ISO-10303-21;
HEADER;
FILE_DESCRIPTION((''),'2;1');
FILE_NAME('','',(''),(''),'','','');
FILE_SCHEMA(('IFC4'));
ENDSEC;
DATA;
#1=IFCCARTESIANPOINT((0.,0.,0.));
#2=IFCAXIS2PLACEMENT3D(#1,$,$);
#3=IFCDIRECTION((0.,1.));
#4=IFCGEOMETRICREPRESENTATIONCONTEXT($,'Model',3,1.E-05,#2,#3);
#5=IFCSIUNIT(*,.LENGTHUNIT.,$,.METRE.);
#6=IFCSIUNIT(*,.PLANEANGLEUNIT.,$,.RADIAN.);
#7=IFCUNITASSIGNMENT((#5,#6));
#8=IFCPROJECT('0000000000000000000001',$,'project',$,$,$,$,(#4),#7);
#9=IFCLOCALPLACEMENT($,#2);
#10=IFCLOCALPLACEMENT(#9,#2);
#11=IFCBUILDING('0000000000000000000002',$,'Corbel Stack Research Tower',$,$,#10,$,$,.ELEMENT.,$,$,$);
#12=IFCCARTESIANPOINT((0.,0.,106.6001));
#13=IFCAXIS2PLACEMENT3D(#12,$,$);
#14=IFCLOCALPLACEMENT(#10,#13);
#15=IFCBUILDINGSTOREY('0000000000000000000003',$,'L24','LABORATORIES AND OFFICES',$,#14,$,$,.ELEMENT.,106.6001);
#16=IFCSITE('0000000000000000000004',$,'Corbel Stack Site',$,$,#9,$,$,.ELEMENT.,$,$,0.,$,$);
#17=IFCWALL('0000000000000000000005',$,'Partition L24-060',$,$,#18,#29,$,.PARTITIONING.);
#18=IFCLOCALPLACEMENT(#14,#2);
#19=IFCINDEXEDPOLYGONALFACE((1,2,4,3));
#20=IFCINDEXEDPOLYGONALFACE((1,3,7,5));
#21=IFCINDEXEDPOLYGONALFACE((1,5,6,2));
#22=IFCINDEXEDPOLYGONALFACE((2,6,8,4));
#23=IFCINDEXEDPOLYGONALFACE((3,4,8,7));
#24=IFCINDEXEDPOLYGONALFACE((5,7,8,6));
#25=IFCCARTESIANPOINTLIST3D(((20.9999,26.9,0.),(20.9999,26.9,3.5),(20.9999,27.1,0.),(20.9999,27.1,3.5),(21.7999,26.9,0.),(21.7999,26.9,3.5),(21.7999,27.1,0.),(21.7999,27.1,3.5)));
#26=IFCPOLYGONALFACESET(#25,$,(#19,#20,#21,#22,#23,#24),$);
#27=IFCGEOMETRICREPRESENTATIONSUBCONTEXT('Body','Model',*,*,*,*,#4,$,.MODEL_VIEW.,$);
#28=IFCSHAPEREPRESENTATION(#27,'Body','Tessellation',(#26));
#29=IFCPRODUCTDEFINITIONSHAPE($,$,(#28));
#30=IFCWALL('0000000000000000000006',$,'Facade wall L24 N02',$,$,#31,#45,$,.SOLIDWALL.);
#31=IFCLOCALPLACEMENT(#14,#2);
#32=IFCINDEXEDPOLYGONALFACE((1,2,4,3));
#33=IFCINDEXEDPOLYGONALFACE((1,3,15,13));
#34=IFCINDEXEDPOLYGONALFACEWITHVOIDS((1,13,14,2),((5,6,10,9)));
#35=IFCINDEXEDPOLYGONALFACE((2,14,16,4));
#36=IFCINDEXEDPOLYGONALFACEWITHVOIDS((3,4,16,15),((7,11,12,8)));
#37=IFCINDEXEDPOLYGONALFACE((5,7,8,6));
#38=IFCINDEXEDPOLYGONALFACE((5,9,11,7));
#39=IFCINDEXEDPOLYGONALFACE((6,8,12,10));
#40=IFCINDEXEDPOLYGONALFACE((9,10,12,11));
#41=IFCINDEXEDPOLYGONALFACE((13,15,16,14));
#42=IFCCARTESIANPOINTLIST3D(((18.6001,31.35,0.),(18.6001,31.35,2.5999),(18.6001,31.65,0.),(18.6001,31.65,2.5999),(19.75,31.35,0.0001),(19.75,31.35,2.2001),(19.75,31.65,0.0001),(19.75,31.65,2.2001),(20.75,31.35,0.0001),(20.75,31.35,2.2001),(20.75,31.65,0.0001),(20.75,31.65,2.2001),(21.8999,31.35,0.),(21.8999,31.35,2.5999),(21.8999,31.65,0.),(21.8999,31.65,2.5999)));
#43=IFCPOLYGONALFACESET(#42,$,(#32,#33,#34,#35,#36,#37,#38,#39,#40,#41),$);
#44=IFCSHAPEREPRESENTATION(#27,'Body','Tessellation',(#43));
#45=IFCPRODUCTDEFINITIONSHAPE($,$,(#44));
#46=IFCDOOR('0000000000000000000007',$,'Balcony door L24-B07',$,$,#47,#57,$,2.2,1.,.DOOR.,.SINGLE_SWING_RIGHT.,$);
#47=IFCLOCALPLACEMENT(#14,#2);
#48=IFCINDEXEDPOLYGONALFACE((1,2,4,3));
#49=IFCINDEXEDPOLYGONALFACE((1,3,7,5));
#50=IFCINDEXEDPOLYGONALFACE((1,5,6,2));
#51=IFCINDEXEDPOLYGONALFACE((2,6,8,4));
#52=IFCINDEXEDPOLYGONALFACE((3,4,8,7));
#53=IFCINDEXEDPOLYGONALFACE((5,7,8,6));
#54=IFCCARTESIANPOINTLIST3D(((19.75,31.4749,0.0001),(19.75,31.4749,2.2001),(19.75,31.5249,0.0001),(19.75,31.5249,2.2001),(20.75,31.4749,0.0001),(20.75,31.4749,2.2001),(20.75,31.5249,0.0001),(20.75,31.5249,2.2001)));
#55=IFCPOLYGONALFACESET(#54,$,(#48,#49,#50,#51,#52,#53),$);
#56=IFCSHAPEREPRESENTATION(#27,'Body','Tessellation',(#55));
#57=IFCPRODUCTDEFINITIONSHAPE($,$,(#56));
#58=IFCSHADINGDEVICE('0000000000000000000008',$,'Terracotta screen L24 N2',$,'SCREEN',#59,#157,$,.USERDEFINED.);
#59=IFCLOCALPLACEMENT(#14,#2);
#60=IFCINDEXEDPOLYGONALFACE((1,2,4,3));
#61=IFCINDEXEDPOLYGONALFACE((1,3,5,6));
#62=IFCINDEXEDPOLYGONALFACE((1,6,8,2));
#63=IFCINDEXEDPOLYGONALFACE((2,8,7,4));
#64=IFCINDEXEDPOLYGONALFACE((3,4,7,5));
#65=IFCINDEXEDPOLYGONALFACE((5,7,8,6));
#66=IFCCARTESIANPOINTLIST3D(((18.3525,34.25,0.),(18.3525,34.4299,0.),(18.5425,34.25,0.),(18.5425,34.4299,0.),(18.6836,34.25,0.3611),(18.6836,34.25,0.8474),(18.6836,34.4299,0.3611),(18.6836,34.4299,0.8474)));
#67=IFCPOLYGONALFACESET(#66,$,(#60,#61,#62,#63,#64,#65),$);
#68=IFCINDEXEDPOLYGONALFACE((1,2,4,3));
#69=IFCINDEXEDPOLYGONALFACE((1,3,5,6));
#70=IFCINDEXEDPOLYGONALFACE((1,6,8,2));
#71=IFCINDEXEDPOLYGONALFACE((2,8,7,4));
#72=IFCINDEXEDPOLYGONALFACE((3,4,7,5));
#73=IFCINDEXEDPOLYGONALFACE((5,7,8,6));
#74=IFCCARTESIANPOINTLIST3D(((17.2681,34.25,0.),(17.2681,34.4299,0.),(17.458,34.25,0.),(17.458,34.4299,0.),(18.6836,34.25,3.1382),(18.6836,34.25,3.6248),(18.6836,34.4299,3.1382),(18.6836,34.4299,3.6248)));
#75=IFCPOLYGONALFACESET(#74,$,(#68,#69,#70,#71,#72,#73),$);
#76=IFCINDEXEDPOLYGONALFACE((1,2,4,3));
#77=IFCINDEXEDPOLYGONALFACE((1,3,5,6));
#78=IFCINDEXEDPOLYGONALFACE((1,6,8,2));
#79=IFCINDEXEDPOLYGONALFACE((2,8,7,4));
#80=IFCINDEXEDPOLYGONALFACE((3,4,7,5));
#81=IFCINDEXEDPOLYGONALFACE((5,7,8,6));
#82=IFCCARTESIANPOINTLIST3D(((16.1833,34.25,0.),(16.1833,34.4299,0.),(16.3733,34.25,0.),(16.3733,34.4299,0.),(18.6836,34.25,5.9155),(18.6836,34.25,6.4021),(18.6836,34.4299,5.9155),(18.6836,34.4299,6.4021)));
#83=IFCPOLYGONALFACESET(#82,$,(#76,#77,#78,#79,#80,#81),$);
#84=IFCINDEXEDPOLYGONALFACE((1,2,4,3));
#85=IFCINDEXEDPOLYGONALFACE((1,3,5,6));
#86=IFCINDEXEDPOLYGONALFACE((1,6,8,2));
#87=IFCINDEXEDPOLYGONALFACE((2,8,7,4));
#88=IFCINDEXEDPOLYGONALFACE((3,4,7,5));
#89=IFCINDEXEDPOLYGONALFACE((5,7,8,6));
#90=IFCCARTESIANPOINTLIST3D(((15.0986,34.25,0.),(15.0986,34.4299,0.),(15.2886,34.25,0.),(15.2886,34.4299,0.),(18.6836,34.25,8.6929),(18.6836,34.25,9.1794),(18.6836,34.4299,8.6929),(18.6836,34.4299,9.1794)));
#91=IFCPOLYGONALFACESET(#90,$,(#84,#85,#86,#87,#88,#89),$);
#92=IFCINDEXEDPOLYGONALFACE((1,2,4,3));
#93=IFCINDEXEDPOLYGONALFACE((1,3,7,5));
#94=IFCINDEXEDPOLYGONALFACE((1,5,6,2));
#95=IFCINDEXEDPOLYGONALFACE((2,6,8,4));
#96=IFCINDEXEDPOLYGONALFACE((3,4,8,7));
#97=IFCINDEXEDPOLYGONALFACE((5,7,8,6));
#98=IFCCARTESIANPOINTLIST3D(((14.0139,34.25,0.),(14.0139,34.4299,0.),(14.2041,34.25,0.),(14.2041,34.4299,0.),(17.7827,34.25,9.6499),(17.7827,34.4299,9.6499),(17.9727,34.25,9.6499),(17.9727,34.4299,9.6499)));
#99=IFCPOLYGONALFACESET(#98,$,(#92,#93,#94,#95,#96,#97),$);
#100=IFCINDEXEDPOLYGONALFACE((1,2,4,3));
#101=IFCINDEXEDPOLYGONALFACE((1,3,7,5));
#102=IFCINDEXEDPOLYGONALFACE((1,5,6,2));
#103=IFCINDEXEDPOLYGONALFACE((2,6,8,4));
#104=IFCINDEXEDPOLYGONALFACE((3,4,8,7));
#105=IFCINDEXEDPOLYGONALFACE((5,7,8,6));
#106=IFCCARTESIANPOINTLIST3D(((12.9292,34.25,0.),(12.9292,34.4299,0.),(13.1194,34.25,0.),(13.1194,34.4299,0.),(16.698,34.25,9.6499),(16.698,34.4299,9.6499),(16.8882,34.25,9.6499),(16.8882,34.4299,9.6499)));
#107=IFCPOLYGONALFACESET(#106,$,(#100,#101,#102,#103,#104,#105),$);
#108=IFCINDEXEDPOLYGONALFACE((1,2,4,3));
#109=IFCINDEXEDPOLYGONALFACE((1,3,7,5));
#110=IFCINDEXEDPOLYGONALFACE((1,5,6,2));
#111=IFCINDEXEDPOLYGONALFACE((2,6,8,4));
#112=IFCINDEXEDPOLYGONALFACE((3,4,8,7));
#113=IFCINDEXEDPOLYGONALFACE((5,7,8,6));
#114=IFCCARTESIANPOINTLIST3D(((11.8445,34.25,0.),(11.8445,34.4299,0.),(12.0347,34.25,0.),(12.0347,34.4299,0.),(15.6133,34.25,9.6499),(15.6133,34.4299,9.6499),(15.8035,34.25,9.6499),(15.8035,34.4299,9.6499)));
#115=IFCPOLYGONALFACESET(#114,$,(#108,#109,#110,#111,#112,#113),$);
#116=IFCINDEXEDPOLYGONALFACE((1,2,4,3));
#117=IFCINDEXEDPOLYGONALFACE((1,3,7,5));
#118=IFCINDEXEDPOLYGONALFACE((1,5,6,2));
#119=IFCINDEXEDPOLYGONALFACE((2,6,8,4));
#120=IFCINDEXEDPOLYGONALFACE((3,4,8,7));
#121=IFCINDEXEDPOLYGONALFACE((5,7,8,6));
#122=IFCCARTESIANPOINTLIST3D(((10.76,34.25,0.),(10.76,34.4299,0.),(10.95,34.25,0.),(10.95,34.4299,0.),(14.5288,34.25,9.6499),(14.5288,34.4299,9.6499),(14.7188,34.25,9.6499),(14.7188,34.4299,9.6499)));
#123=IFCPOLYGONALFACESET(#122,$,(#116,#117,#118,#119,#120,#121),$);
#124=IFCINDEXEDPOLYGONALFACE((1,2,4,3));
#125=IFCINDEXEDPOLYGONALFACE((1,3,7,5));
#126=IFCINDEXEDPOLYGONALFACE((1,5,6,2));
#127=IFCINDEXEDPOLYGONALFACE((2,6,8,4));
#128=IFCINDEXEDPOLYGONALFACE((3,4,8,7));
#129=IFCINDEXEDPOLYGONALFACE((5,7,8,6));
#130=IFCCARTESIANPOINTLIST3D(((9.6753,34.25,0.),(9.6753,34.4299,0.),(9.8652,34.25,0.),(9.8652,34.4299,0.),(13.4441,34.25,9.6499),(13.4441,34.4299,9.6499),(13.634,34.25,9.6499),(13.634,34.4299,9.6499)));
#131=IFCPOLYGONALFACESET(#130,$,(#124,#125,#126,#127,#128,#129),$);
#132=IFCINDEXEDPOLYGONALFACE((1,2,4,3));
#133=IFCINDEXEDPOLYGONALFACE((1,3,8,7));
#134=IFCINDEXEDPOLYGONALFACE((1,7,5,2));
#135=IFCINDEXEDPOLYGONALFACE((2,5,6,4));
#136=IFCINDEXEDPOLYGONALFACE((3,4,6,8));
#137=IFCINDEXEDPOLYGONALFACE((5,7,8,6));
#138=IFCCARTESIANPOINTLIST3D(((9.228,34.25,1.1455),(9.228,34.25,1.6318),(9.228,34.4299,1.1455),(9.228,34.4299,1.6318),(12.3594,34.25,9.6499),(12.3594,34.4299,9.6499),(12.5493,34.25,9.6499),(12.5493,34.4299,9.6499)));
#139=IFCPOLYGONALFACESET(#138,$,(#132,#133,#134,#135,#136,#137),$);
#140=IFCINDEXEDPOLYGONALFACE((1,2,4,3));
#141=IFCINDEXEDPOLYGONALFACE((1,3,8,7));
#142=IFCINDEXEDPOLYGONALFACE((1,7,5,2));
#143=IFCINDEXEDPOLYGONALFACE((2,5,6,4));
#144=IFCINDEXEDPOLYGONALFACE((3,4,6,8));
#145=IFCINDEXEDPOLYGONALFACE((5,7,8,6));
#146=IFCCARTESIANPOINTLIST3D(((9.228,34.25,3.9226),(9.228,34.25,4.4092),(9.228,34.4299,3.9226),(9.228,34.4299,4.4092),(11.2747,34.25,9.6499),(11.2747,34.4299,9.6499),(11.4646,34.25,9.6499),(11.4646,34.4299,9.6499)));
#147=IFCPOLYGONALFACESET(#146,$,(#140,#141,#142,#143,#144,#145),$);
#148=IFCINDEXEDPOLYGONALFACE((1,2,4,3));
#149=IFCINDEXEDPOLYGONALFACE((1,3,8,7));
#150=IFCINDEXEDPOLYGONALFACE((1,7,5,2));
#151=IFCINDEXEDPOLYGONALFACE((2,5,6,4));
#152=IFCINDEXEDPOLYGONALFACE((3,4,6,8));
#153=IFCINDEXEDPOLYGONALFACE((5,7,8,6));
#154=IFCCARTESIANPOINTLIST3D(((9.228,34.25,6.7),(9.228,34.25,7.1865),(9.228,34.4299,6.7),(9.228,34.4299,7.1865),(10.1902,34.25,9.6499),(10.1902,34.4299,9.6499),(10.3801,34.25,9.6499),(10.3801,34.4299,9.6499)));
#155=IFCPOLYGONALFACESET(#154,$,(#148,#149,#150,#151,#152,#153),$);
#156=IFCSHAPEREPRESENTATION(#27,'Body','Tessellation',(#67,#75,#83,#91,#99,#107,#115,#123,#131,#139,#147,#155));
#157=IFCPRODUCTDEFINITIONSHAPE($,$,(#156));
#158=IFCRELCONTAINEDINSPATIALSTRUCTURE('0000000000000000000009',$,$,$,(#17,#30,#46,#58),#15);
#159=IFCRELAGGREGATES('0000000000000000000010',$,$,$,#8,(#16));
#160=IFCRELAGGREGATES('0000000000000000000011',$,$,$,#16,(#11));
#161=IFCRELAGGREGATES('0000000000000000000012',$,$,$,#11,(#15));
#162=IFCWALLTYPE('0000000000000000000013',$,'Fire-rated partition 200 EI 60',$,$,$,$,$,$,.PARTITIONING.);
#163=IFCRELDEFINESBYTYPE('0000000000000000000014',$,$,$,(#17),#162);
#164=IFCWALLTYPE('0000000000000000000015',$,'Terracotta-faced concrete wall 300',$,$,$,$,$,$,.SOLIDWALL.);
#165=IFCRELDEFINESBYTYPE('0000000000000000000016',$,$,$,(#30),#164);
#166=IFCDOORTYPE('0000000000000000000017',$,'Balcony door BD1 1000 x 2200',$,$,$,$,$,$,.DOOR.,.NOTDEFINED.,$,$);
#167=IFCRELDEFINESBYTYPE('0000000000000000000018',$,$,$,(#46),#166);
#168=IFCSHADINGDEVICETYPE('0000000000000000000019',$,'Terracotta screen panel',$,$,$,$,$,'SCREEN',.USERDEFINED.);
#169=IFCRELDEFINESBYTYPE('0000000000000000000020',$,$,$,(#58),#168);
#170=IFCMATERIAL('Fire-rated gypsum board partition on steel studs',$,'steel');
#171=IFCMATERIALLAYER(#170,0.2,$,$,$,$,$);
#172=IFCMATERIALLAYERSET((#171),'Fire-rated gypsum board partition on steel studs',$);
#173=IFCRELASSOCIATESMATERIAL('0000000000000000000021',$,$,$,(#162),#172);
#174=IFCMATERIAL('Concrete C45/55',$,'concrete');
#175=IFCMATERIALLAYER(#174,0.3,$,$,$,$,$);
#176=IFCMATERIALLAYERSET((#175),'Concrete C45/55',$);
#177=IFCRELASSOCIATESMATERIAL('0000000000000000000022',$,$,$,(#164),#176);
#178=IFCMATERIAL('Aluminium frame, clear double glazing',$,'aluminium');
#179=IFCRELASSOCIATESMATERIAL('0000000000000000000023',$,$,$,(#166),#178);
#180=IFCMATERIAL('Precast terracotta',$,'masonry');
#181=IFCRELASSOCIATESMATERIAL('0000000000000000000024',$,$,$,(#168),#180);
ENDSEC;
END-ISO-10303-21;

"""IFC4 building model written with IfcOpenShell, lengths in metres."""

from ifc_helpers import new_model, si_unit, direction, frame, frame_2d, origin, place, context, subcontext, project, spatial, polyline, rectangle, outline, extrude, source, transform, mapped, material, layer, layer_set, type_object, element, fill, save


model = new_model("IFC4")

# Units and contexts
model_context = context("Model", 3, precision=1e-05, world=origin(), true_north=direction((0.0, 1.0)))
body_context = subcontext(model_context, "Body", "Model", "MODEL_VIEW")
ifc_project = project(units=[si_unit("LENGTHUNIT", "METRE"), si_unit("PLANEANGLEUNIT", "RADIAN")], contexts=[model_context])

# Site, building, storey
site_placement = place(None, origin())
site = spatial("IfcSite", under=ifc_project, at=site_placement, Name="Corbel Stack Site", CompositionType="ELEMENT", RefElevation=0.0)
building_placement = place(site_placement, origin())
building = spatial("IfcBuilding", under=site, at=building_placement, Name="Corbel Stack Research Tower", CompositionType="ELEMENT")
storey_placement = place(building_placement, frame((0.0, 0.0, 106.6001)))
storey = spatial("IfcBuildingStorey", under=building, at=storey_placement, Name="L24", Description="LABORATORIES AND OFFICES", CompositionType="ELEMENT", Elevation=106.6001)

# Shared definitions
ifc_material_1 = material(Name="Fire-rated gypsum board partition on steel studs", Category="steel")
ifc_layer_1 = layer(ifc_material_1, 0.2)
ifc_layer_set_1 = layer_set([ifc_layer_1], Name="Fire-rated gypsum board partition on steel studs")
wall_type_1 = type_object("IfcWallType", Name="Fire-rated partition 200 EI 60", PredefinedType="PARTITIONING", material=ifc_layer_set_1)

# Wall
wall_1_placement = place(storey_placement, frame((21.0, 27.0, 0.0), z_axis=(0.0, 0.0, 1.0), x_axis=(1.0, 0.0, 0.0)))
element("IfcWall", 1, at=wall_1_placement, inside=storey, type_object=wall_type_1, Name="Partition L24-060", PredefinedType="PARTITIONING", context=body_context, shape_type="SweptSolid", body=[
    extrude(rectangle(XDim=0.8, YDim=0.2, at=frame_2d((0.3999, 0.0))), origin(), (0.0, 0.0, 1.0), 3.5),
])

# Wall, opening, door
ifc_material_2 = material(Name="Concrete C45/55", Category="concrete")
ifc_layer_2 = layer(ifc_material_2, 0.3)
ifc_layer_set_2 = layer_set([ifc_layer_2], Name="Concrete C45/55")
wall_type_2 = type_object("IfcWallType", Name="Terracotta-faced concrete wall 300", PredefinedType="SOLIDWALL", material=ifc_layer_set_2)
wall_2_placement = place(storey_placement, frame((18.6001, 31.5, 0.0), z_axis=(0.0, 0.0, 1.0), x_axis=(1.0, 0.0, 0.0)))
wall_2 = element("IfcWall", 2, at=wall_2_placement, inside=storey, type_object=wall_type_2, Name="Facade wall L24 N02", PredefinedType="SOLIDWALL", context=body_context, shape_type="SweptSolid", body=[
    extrude(rectangle(XDim=3.2998, YDim=0.3, at=frame_2d((1.6499, 0.0))), origin(), (0.0, 0.0, 1.0), 2.5999),
])
opening_1_placement = place(wall_2_placement, frame((1.1499, 0.0, 0.0)))
opening_1 = element("IfcOpeningElement", 3, at=opening_1_placement, cuts=wall_2, PredefinedType="OPENING", context=body_context, shape_type="SweptSolid", body=[
    extrude(rectangle(XDim=1.0, YDim=2.2, at=frame_2d((0.5, 1.1001))), frame((0.0, 0.1599, 0.0), z_axis=(0.0, -1.0, 0.0), x_axis=(1.0, 0.0, 0.0)), (0.0, 0.0, 1.0), 0.3201),
])
ifc_material_3 = material(Name="Aluminium frame, clear double glazing", Category="aluminium")
door_type_1 = type_object("IfcDoorType", Name="Balcony door BD1 1000 x 2200", OperationType="NOTDEFINED", PredefinedType="DOOR", material=ifc_material_3)
door_1_placement = place(opening_1_placement, origin())
door_1 = element("IfcDoor", 4, at=door_1_placement, inside=storey, type_object=door_type_1, Name="Balcony door L24-B07", OperationType="SINGLE_SWING_RIGHT", OverallHeight=2.2, OverallWidth=1.0, PredefinedType="DOOR", context=body_context, shape_type="SweptSolid", body=[
    extrude(rectangle(XDim=1.0, YDim=2.2, at=frame_2d((0.5, 1.1001))), frame((0.0, 0.0249, 0.0), z_axis=(0.0, -1.0, 0.0), x_axis=(1.0, 0.0, 0.0)), (0.0, 0.0, 1.0), 0.05),
])
fill(opening_1, door_1)

# Shading device
ifc_material_4 = material(Name="Precast terracotta", Category="masonry")
shading_device_type = type_object("IfcShadingDeviceType", Name="Terracotta screen panel", ElementType="SCREEN", PredefinedType="USERDEFINED", material=ifc_material_4)
shared_shape = source(origin(), body_context, "Body", "SweptSolid", [
    extrude(outline(polyline([(0.3311, 0.0), (0.0, 0.8474), (0.0, 0.3611), (0.1411, 0.0), (0.3311, 0.0)])), frame((0.0, 0.0, 0.0), z_axis=(0.0, -1.0, 0.0), x_axis=(1.0, 0.0, 0.0)), (0.0, 0.0, 1.0), 0.1799),
    extrude(outline(polyline([(1.4155, 0.0), (0.0, 3.6248), (0.0, 3.1382), (1.2256, 0.0), (1.4155, 0.0)])), frame((0.0, 0.0, 0.0), z_axis=(0.0, -1.0, 0.0), x_axis=(1.0, 0.0, 0.0)), (0.0, 0.0, 1.0), 0.1799),
    extrude(outline(polyline([(2.5002, 0.0), (0.0, 6.4021), (0.0, 5.9155), (2.3103, 0.0), (2.5002, 0.0)])), frame((0.0, 0.0, 0.0), z_axis=(0.0, -1.0, 0.0), x_axis=(1.0, 0.0, 0.0)), (0.0, 0.0, 1.0), 0.1799),
    extrude(outline(polyline([(3.585, 0.0), (0.0, 9.1794), (0.0, 8.6929), (3.395, 0.0), (3.585, 0.0)])), frame((0.0, 0.0, 0.0), z_axis=(0.0, -1.0, 0.0), x_axis=(1.0, 0.0, 0.0)), (0.0, 0.0, 1.0), 0.1799),
    extrude(outline(polyline([(4.6697, 0.0), (0.9009, 9.6499), (0.7109, 9.6499), (4.4795, 0.0), (4.6697, 0.0)])), frame((0.0, 0.0, 0.0), z_axis=(0.0, -1.0, 0.0), x_axis=(1.0, 0.0, 0.0)), (0.0, 0.0, 1.0), 0.1799),
    extrude(outline(polyline([(5.7544, 0.0), (1.9856, 9.6499), (1.7954, 9.6499), (5.5642, 0.0), (5.7544, 0.0)])), frame((0.0, 0.0, 0.0), z_axis=(0.0, -1.0, 0.0), x_axis=(1.0, 0.0, 0.0)), (0.0, 0.0, 1.0), 0.1799),
    extrude(outline(polyline([(6.8391, 0.0), (3.0703, 9.6499), (2.8801, 9.6499), (6.6489, 0.0), (6.8391, 0.0)])), frame((0.0, 0.0, 0.0), z_axis=(0.0, -1.0, 0.0), x_axis=(1.0, 0.0, 0.0)), (0.0, 0.0, 1.0), 0.1799),
    extrude(outline(polyline([(7.9236, 0.0), (4.1548, 9.6499), (3.9648, 9.6499), (7.7336, 0.0), (7.9236, 0.0)])), frame((0.0, 0.0, 0.0), z_axis=(0.0, -1.0, 0.0), x_axis=(1.0, 0.0, 0.0)), (0.0, 0.0, 1.0), 0.1799),
    extrude(outline(polyline([(9.0083, 0.0), (5.2395, 9.6499), (5.0496, 9.6499), (8.8184, 0.0), (9.0083, 0.0)])), frame((0.0, 0.0, 0.0), z_axis=(0.0, -1.0, 0.0), x_axis=(1.0, 0.0, 0.0)), (0.0, 0.0, 1.0), 0.1799),
    extrude(outline(polyline([(6.3242, 9.6499), (6.1343, 9.6499), (9.4556, 1.1455), (9.4556, 1.6318), (6.3242, 9.6499)])), frame((0.0, 0.0, 0.0), z_axis=(0.0, -1.0, 0.0), x_axis=(1.0, 0.0, 0.0)), (0.0, 0.0, 1.0), 0.1799),
    extrude(outline(polyline([(7.4089, 9.6499), (7.219, 9.6499), (9.4556, 3.9226), (9.4556, 4.4092), (7.4089, 9.6499)])), frame((0.0, 0.0, 0.0), z_axis=(0.0, -1.0, 0.0), x_axis=(1.0, 0.0, 0.0)), (0.0, 0.0, 1.0), 0.1799),
    extrude(outline(polyline([(8.4934, 9.6499), (8.3035, 9.6499), (9.4556, 6.7), (9.4556, 7.1865), (8.4934, 9.6499)])), frame((0.0, 0.0, 0.0), z_axis=(0.0, -1.0, 0.0), x_axis=(1.0, 0.0, 0.0)), (0.0, 0.0, 1.0), 0.1799),
])
shading_device_placement = place(storey_placement, frame((18.6836, 34.25, 0.0), z_axis=(0.0, 0.0, 1.0), x_axis=(-1.0, 0.0, 0.0)))
element("IfcShadingDevice", 5, at=shading_device_placement, inside=storey, type_object=shading_device_type, Name="Terracotta screen L24 N2", ObjectType="SCREEN", PredefinedType="USERDEFINED", context=body_context, shape_type="MappedRepresentation", body=[
    mapped(shared_shape, transform((0.0, 0.0, 0.0))),
])

save(model, "model.ifc")
